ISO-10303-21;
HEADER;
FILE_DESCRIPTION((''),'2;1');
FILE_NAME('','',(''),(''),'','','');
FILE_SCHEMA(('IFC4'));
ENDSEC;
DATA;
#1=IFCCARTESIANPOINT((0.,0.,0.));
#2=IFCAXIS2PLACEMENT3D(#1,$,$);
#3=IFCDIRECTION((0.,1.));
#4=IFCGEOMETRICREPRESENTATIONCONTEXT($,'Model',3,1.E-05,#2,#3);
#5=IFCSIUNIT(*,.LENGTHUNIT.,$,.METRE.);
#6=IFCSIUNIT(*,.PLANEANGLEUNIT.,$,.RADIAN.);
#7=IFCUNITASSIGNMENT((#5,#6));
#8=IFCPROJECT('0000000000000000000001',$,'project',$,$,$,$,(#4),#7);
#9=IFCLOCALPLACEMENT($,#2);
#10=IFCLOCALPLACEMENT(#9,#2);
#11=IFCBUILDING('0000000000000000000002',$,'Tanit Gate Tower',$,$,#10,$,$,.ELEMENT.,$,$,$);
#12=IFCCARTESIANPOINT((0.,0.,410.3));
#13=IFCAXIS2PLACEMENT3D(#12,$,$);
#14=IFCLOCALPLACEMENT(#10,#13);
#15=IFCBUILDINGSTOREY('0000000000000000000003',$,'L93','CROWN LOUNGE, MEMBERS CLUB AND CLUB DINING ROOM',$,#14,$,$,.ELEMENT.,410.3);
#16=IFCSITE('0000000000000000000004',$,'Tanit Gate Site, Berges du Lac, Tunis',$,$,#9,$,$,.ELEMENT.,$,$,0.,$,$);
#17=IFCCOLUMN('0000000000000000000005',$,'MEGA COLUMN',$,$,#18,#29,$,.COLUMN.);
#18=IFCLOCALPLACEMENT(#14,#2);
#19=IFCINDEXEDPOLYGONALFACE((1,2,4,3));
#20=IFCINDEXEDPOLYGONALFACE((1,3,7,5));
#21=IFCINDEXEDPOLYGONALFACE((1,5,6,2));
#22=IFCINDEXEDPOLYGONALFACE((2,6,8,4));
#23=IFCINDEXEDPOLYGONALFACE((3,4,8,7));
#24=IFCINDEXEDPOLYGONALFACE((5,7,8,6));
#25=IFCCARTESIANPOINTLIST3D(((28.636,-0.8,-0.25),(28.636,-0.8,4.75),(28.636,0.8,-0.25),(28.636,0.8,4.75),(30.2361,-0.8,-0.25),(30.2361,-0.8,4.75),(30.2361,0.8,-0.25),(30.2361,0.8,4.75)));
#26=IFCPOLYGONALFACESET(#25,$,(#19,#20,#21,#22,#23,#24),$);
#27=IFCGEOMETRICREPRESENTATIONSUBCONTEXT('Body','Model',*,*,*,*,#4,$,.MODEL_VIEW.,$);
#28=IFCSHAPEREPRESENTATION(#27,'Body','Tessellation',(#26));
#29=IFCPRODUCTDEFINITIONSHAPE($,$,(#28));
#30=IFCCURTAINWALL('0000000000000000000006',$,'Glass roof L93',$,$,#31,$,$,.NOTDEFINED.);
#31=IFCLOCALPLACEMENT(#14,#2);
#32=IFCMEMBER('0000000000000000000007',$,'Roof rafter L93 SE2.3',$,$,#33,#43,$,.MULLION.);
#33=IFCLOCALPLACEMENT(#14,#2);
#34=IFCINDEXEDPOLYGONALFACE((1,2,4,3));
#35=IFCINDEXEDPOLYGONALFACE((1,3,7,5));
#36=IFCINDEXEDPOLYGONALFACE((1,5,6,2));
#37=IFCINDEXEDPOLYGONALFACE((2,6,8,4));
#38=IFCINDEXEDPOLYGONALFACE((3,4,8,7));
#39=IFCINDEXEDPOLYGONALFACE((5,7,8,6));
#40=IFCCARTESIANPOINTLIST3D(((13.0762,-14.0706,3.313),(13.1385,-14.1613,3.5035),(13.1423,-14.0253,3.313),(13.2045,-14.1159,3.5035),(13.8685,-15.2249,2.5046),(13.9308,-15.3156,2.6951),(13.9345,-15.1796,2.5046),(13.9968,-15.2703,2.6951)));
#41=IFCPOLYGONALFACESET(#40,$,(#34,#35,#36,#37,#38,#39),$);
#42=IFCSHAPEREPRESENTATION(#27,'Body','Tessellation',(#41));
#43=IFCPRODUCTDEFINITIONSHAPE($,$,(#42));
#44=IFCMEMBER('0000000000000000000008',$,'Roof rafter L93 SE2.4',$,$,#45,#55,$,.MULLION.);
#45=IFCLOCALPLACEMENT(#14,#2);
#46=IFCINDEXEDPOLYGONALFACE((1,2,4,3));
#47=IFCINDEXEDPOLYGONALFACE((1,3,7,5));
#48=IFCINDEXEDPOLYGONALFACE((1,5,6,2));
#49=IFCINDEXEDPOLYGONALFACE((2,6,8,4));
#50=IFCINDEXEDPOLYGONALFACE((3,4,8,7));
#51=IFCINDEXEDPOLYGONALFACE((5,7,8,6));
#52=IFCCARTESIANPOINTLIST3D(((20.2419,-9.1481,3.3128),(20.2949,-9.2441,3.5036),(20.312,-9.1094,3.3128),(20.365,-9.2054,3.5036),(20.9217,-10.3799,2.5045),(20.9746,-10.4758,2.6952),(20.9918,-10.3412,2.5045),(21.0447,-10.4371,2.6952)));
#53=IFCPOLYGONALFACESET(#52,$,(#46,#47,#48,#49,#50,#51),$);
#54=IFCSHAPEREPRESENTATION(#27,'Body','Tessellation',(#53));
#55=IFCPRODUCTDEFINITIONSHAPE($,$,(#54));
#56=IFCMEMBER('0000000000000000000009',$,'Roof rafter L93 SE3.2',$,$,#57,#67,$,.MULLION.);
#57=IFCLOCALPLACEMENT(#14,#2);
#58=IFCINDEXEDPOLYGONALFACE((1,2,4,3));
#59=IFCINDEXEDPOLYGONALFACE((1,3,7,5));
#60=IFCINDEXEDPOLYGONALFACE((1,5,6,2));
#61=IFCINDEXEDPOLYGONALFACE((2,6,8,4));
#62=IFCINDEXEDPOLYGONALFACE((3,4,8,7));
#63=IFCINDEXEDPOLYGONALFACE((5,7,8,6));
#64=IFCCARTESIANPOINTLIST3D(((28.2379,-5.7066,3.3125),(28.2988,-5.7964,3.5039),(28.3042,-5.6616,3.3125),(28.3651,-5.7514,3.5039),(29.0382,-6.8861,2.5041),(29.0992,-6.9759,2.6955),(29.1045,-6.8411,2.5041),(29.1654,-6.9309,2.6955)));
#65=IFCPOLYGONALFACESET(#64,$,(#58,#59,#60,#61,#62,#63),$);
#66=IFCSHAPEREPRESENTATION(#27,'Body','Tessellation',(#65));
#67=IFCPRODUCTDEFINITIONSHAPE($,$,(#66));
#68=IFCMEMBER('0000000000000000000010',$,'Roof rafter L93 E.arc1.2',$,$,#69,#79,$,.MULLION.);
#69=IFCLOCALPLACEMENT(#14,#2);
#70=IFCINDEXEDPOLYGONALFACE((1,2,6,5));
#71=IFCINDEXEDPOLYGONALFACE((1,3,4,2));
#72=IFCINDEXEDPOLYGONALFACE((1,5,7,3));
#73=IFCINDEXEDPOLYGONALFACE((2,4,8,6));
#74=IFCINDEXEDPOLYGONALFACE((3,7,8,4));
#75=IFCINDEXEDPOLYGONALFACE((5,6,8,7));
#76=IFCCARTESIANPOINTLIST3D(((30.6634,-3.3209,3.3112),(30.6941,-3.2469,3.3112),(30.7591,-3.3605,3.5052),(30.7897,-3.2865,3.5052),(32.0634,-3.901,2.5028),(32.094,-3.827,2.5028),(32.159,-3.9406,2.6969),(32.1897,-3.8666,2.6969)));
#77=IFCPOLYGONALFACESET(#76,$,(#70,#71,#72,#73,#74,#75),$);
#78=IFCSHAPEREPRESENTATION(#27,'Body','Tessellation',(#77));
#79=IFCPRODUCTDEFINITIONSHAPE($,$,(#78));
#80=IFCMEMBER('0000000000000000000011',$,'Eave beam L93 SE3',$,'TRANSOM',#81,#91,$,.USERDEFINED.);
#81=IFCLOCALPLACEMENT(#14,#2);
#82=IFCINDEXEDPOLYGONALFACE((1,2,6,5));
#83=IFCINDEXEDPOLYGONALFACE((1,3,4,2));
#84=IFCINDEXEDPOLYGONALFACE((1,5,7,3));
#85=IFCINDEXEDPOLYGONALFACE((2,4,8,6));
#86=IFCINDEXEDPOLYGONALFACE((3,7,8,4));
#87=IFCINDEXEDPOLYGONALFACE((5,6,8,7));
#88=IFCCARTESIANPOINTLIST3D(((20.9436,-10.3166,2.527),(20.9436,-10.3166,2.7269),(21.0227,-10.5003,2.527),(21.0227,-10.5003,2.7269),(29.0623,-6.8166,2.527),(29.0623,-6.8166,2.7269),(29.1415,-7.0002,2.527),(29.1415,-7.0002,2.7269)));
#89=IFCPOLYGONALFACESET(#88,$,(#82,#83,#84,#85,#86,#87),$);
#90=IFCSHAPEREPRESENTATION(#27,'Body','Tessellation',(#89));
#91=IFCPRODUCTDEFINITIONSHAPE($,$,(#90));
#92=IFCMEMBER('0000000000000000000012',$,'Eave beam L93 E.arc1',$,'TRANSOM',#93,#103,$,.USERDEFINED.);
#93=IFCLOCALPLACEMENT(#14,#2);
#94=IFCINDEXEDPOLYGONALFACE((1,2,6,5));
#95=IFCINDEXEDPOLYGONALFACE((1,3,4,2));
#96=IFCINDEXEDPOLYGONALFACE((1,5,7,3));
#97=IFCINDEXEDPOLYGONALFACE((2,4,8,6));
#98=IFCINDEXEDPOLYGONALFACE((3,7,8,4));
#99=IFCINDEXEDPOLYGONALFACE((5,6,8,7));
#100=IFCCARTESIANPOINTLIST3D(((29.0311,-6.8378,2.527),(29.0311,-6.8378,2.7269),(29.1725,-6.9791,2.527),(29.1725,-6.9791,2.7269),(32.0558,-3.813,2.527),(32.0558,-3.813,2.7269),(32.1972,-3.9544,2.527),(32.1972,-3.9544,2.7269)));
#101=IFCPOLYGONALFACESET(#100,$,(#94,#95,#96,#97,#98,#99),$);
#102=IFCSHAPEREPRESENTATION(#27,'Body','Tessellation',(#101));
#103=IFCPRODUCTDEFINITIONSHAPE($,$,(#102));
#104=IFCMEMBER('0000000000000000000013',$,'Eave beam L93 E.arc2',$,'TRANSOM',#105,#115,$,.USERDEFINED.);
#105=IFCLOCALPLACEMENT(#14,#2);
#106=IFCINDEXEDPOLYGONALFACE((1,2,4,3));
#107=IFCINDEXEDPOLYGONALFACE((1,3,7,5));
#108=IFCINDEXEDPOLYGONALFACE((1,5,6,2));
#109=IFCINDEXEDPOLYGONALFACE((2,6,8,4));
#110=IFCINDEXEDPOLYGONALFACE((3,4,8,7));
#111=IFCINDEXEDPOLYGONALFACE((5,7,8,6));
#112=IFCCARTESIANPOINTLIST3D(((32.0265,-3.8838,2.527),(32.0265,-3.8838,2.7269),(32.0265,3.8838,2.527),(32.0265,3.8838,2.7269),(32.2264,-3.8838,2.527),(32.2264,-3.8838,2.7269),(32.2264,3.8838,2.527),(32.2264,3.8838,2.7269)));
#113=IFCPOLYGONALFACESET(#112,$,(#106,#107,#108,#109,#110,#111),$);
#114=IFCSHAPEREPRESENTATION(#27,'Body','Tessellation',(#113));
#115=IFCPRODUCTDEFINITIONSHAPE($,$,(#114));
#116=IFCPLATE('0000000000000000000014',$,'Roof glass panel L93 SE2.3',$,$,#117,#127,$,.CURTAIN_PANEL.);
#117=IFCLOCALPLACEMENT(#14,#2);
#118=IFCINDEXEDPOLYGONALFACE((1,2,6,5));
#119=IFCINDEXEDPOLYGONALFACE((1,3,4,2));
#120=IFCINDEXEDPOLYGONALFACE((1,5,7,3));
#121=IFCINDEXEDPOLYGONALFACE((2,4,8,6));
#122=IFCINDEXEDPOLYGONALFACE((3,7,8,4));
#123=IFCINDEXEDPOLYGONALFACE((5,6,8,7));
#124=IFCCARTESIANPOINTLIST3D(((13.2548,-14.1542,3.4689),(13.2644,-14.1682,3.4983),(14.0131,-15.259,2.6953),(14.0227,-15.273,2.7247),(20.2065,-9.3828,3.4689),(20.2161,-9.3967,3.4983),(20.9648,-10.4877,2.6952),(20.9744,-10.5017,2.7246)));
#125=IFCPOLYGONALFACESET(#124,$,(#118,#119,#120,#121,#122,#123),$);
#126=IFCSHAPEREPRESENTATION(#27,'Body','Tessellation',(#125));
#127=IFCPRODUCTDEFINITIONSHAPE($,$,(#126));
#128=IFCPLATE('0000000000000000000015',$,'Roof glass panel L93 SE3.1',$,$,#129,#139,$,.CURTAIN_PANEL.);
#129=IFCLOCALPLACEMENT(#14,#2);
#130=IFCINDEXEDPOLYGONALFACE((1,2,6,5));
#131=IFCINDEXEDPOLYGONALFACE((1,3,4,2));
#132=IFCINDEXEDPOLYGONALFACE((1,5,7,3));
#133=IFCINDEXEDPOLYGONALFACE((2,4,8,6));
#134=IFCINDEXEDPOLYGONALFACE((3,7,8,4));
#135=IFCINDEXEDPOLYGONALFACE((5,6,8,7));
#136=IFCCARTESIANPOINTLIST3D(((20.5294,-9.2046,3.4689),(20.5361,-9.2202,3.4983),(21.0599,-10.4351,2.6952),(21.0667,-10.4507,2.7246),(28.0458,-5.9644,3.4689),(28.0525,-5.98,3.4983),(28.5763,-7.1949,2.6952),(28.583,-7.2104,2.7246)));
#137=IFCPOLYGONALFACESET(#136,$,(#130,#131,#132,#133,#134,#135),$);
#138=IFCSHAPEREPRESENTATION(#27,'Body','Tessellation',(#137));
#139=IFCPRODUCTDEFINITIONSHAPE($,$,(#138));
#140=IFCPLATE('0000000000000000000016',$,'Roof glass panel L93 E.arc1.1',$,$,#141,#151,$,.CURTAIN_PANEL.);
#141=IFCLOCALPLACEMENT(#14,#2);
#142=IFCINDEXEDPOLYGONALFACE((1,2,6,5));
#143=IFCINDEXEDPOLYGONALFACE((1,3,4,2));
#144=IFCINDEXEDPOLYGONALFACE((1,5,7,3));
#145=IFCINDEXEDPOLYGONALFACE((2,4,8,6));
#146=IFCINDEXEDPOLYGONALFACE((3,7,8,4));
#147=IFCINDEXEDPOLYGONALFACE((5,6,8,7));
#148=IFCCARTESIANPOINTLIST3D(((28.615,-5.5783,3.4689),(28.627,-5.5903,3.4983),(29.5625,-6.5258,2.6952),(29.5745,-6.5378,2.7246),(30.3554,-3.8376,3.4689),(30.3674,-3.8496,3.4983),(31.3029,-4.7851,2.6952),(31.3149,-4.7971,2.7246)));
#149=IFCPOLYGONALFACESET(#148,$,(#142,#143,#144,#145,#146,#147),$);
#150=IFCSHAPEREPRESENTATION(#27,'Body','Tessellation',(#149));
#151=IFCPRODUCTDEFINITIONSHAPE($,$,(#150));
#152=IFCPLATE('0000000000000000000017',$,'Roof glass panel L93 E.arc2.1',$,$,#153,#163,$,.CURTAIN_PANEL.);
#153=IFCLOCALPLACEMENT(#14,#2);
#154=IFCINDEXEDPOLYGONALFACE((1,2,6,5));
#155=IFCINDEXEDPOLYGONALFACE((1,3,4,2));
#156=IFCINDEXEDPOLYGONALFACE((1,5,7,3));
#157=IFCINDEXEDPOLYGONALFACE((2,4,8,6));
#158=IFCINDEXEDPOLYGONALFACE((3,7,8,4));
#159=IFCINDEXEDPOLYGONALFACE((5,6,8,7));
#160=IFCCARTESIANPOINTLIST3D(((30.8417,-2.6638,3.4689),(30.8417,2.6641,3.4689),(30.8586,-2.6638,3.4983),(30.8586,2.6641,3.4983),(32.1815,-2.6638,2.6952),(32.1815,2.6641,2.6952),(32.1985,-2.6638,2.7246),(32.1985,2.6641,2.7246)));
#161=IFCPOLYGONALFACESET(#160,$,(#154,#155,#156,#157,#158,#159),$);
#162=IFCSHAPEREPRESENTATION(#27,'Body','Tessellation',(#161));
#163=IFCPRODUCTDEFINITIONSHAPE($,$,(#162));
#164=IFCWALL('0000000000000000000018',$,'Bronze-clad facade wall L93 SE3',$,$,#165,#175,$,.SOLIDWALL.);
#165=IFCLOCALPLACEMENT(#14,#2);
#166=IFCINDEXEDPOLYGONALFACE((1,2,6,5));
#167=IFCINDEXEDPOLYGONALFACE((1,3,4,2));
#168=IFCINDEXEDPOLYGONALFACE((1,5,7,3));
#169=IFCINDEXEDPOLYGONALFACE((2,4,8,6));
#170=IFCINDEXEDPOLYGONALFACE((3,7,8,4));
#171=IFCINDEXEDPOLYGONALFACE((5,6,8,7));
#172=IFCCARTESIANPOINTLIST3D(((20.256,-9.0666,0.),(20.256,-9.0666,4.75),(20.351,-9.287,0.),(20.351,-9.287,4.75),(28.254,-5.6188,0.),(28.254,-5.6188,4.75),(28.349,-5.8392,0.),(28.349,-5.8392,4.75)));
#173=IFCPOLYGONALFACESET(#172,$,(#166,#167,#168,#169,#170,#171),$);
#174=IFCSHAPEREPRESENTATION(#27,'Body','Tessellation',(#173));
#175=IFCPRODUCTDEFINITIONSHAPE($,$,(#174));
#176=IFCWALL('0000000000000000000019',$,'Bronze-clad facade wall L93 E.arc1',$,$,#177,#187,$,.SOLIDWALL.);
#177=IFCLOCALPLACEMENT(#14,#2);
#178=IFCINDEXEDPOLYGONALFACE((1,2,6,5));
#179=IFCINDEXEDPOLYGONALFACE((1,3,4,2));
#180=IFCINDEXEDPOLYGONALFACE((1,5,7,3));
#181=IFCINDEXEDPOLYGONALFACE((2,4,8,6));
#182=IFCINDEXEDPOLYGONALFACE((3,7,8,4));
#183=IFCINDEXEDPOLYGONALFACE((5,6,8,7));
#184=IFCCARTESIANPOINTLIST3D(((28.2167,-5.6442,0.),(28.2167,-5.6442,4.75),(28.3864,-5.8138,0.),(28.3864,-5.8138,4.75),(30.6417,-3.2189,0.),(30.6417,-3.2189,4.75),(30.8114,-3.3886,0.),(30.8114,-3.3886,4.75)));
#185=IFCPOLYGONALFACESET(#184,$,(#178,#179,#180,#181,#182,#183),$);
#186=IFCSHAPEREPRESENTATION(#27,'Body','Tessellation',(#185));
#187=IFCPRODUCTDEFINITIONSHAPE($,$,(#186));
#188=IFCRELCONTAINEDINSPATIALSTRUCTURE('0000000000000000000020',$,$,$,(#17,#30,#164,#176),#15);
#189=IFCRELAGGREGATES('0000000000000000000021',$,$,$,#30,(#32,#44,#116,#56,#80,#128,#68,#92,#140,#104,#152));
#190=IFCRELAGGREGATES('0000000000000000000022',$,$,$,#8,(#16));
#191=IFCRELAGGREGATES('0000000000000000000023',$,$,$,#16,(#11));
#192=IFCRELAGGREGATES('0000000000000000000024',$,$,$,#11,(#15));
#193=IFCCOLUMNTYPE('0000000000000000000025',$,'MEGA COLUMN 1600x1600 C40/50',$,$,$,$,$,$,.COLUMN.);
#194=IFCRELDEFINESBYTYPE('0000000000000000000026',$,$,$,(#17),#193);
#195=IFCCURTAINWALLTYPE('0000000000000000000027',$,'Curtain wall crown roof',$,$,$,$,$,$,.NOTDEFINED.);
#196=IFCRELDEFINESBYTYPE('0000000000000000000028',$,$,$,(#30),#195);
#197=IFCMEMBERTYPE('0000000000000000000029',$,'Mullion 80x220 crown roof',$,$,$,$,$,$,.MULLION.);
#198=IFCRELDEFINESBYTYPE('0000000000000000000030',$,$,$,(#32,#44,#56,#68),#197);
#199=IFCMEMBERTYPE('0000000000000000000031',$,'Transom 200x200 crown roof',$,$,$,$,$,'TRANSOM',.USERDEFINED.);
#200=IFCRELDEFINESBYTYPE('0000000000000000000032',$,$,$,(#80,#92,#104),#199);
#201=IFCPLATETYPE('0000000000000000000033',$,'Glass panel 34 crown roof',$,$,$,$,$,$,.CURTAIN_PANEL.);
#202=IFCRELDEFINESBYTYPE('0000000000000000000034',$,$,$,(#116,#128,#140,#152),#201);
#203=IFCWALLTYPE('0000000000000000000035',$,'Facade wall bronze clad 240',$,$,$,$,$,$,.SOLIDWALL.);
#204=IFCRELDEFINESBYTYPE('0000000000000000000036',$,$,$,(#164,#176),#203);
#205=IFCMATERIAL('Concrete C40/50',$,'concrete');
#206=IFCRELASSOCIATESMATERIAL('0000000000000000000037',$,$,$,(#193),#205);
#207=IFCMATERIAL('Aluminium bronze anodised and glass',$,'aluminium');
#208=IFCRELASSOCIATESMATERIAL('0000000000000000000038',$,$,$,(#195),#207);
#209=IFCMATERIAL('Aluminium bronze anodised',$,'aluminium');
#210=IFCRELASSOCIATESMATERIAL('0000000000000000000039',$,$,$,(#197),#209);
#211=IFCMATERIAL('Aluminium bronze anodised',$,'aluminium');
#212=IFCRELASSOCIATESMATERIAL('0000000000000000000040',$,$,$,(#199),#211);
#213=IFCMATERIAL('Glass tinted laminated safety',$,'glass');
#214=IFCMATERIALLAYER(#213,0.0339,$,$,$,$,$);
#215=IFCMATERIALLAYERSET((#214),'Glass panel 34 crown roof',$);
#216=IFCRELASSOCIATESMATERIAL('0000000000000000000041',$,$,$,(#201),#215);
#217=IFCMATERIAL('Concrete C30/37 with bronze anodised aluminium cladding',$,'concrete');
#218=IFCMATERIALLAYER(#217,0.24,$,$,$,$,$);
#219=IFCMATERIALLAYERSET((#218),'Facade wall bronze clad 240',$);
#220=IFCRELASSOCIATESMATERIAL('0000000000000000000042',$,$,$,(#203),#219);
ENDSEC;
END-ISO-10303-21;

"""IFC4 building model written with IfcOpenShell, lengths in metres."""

from ifc_helpers import new_model, si_unit, direction, frame, frame_2d, origin, origin_2d, place, context, subcontext, project, spatial, polyline, rectangle, outline, extrude, material, layer, layer_set, material_profile, profile_set, type_object, element, aggregate, save


model = new_model("IFC4")

# Units and contexts
model_context = context("Model", 3, precision=1e-05, world=origin(), true_north=direction((0.0, 1.0)))
body_context = subcontext(model_context, "Body", "Model", "MODEL_VIEW")
ifc_project = project(units=[si_unit("LENGTHUNIT", "METRE"), si_unit("PLANEANGLEUNIT", "RADIAN")], contexts=[model_context])

# Site, building, storey
site_placement = place(None, origin())
site = spatial("IfcSite", under=ifc_project, at=site_placement, Name="Tanit Gate Site, Berges du Lac, Tunis", CompositionType="ELEMENT", RefElevation=0.0)
building_placement = place(site_placement, origin())
building = spatial("IfcBuilding", under=site, at=building_placement, Name="Tanit Gate Tower", CompositionType="ELEMENT")
storey_placement = place(building_placement, frame((0.0, 0.0, 410.3)))
storey = spatial("IfcBuildingStorey", under=building, at=storey_placement, Name="L93", Description="CROWN LOUNGE, MEMBERS CLUB AND CLUB DINING ROOM", CompositionType="ELEMENT", Elevation=410.3)

# Column
ifc_material_1 = material(Name="Concrete C40/50", Category="concrete")
ifc_material_profile_1 = material_profile(ifc_material_1, rectangle(XDim=1.6001, YDim=1.6001, at=origin_2d()), Name="RC 1600x1600")
ifc_profile_set_1 = profile_set([ifc_material_profile_1], Name="Concrete C40/50")
column_type = type_object("IfcColumnType", Name="MEGA COLUMN 1600x1600 C40/50", PredefinedType="COLUMN", material=ifc_profile_set_1)
column_placement = place(storey_placement, frame((29.436, 0.0, -0.25), z_axis=(0.0, 0.0, 1.0), x_axis=(1.0, 0.0, 0.0)))
element("IfcColumn", 1, at=column_placement, inside=storey, type_object=column_type, Name="MEGA COLUMN", PredefinedType="COLUMN", context=body_context, shape_type="SweptSolid", body=[
    extrude(rectangle(XDim=1.6001, YDim=1.6001, at=origin_2d()), origin(), (0.0, 0.0, 1.0), 5.0),
])

# Curtain wall, members, plates
ifc_material_2 = material(Name="Aluminium bronze anodised and glass", Category="aluminium")
curtain_wall_type = type_object("IfcCurtainWallType", Name="Curtain wall crown roof", PredefinedType="NOTDEFINED", material=ifc_material_2)
curtain_wall_placement = place(storey_placement, origin())
curtain_wall = element("IfcCurtainWall", 2, at=curtain_wall_placement, inside=storey, type_object=curtain_wall_type, Name="Glass roof L93", PredefinedType="NOTDEFINED")
ifc_material_3 = material(Name="Aluminium bronze anodised", Category="aluminium")
ifc_material_profile_2 = material_profile(ifc_material_3, rectangle(XDim=0.0801, YDim=0.22, at=origin_2d()), Name="80x220 bronze rafter")
ifc_profile_set_2 = profile_set([ifc_material_profile_2], Name="Aluminium bronze anodised")
member_type_1 = type_object("IfcMemberType", Name="Mullion 80x220 crown roof", PredefinedType="MULLION", material=ifc_profile_set_2)
member_1_placement = place(storey_placement, frame((13.1404, -14.0933, 3.4082), z_axis=(0.490056, -0.714018, -0.500024), x_axis=(0.824489, 0.565877, 0.0)))
member_1 = element("IfcMember", 3, at=member_1_placement, type_object=member_type_1, Name="Roof rafter L93 SE2.3", PredefinedType="MULLION", context=body_context, shape_type="SweptSolid", body=[
    extrude(rectangle(XDim=0.0801, YDim=0.22, at=origin_2d()), origin(), (0.0, 0.0, 1.0), 1.6167),
])
member_2_placement = place(storey_placement, frame((20.3035, -9.1768, 3.4082), z_axis=(0.418917, -0.759137, -0.498216), x_axis=(0.875537, 0.483151, 0.0)))
member_2 = element("IfcMember", 4, at=member_2_placement, type_object=member_type_1, Name="Roof rafter L93 SE2.4", PredefinedType="MULLION", context=body_context, shape_type="SweptSolid", body=[
    extrude(rectangle(XDim=0.0801, YDim=0.22, at=origin_2d()), origin(), (0.0, 0.0, 1.0), 1.6226),
])
member_3_placement = place(storey_placement, frame((28.3015, -5.729, 3.4082), z_axis=(0.488403, -0.719791, -0.49332), x_axis=(0.82749, 0.56148, 0.0)))
member_3 = element("IfcMember", 5, at=member_3_placement, type_object=member_type_1, Name="Roof rafter L93 SE3.2", PredefinedType="MULLION", context=body_context, shape_type="SweptSolid", body=[
    extrude(rectangle(XDim=0.0801, YDim=0.22, at=origin_2d()), origin(), (0.0, 0.0, 1.0), 1.6387),
])
member_4_placement = place(storey_placement, frame((30.7266, -3.3037, 3.4082), z_axis=(0.815104, -0.337755, -0.470668), x_axis=(0.382807, 0.923828, 0.0)))
member_4 = element("IfcMember", 6, at=member_4_placement, type_object=member_type_1, Name="Roof rafter L93 E.arc1.2", PredefinedType="MULLION", context=body_context, shape_type="SweptSolid", body=[
    extrude(rectangle(XDim=0.0801, YDim=0.22, at=origin_2d()), origin(), (0.0, 0.0, 1.0), 1.7175),
])
ifc_material_4 = material(Name="Aluminium bronze anodised", Category="aluminium")
ifc_material_profile_3 = material_profile(ifc_material_4, rectangle(XDim=0.2, YDim=0.2, at=origin_2d()), Name="200x200 bronze transom")
ifc_profile_set_3 = profile_set([ifc_material_profile_3], Name="Aluminium bronze anodised")
member_type_2 = type_object("IfcMemberType", Name="Transom 200x200 crown roof", ElementType="TRANSOM", PredefinedType="USERDEFINED", material=ifc_profile_set_3)
member_5_placement = place(storey_placement, frame((20.9832, -10.4084, 2.627), z_axis=(0.9183, 0.395885, 0.0), x_axis=(-0.395885, 0.9183, 0.0)))
member_5 = element("IfcMember", 7, at=member_5_placement, type_object=member_type_2, Name="Eave beam L93 SE3", ObjectType="TRANSOM", PredefinedType="USERDEFINED", context=body_context, shape_type="SweptSolid", body=[
    extrude(rectangle(XDim=0.2, YDim=0.2, at=origin_2d()), origin(), (0.0, 0.0, 1.0), 8.8411),
])
member_6_placement = place(storey_placement, frame((29.1018, -6.9084, 2.627), z_axis=(0.707107, 0.707107, 0.0), x_axis=(-0.707107, 0.707107, 0.0)))
member_6 = element("IfcMember", 8, at=member_6_placement, type_object=member_type_2, Name="Eave beam L93 E.arc1", ObjectType="TRANSOM", PredefinedType="USERDEFINED", context=body_context, shape_type="SweptSolid", body=[
    extrude(rectangle(XDim=0.2, YDim=0.2, at=origin_2d()), origin(), (0.0, 0.0, 1.0), 4.2776),
])
member_7_placement = place(storey_placement, frame((32.1265, -3.8838, 2.627), z_axis=(0.0, 1.0, 0.0), x_axis=(-1.0, 0.0, 0.0)))
member_7 = element("IfcMember", 9, at=member_7_placement, type_object=member_type_2, Name="Eave beam L93 E.arc2", ObjectType="TRANSOM", PredefinedType="USERDEFINED", context=body_context, shape_type="SweptSolid", body=[
    extrude(rectangle(XDim=0.2, YDim=0.2, at=origin_2d()), origin(), (0.0, 0.0, 1.0), 7.7676),
])
ifc_material_5 = material(Name="Glass tinted laminated safety", Category="glass")
ifc_layer_1 = layer(ifc_material_5, 0.0339)
ifc_layer_set_1 = layer_set([ifc_layer_1], Name="Glass panel 34 crown roof")
plate_type = type_object("IfcPlateType", Name="Glass panel 34 crown roof", PredefinedType="CURTAIN_PANEL", material=ifc_layer_set_1)
plate_1_placement = place(storey_placement, frame((13.2644, -14.1682, 3.4983), z_axis=(0.282947, -0.412241, 0.866024), x_axis=(0.824474, 0.565899, 0.000005)))
plate_1 = element("IfcPlate", 10, at=plate_1_placement, type_object=plate_type, Name="Roof glass panel L93 SE2.3", PredefinedType="CURTAIN_PANEL", context=body_context, shape_type="SweptSolid", body=[
    extrude(outline(polyline([(0.0, 0.0), (8.4316, 0.0), (8.4315, -1.5474), (0.0, -1.5473), (0.0, 0.0)])), origin(), (0.0, 0.0, -1.0), 0.0339),
])
plate_2_placement = place(storey_placement, frame((20.5361, -9.2202, 3.4983), z_axis=(0.197947, -0.459176, 0.86601), x_axis=(0.918305, 0.395873, 0.0)))
plate_2 = element("IfcPlate", 11, at=plate_2_placement, type_object=plate_type, Name="Roof glass panel L93 SE3.1", PredefinedType="CURTAIN_PANEL", context=body_context, shape_type="SweptSolid", body=[
    extrude(outline(polyline([(0.0, 0.0), (8.185, 0.0), (8.1851, -1.5473), (0.0001, -1.5473), (0.0, 0.0)])), origin(), (0.0, 0.0, -1.0), 0.0339),
])
plate_3_placement = place(storey_placement, frame((28.627, -5.5903, 3.4983), z_axis=(0.353593, -0.353543, 0.866013), x_axis=(0.707057, 0.707156, 0.0)))
plate_3 = element("IfcPlate", 12, at=plate_3_placement, type_object=plate_type, Name="Roof glass panel L93 E.arc1.1", PredefinedType="CURTAIN_PANEL", context=body_context, shape_type="SweptSolid", body=[
    extrude(outline(polyline([(0.0, 0.0), (2.4616, 0.0), (2.4615, -1.5473), (-0.0001, -1.5473), (0.0, 0.0)])), origin(), (0.0, 0.0, -1.0), 0.0339),
])
plate_4_placement = place(storey_placement, frame((30.8586, -2.6638, 3.4983), z_axis=(0.500059, 0.0, 0.865991), x_axis=(0.0, 1.0, 0.0)))
plate_4 = element("IfcPlate", 13, at=plate_4_placement, type_object=plate_type, Name="Roof glass panel L93 E.arc2.1", PredefinedType="CURTAIN_PANEL", context=body_context, shape_type="SweptSolid", body=[
    extrude(outline(polyline([(0.0, 0.0), (5.3279, 0.0), (5.3279, -1.5472), (0.0, -1.5472), (0.0, 0.0)])), origin(), (0.0, 0.0, -1.0), 0.0339),
])
aggregate(curtain_wall, [member_1, member_2, plate_1, member_3, member_5, plate_2, member_4, member_6, plate_3, member_7, plate_4])

# Walls
ifc_material_6 = material(Name="Concrete C30/37 with bronze anodised aluminium cladding", Category="concrete")
ifc_layer_2 = layer(ifc_material_6, 0.24)
ifc_layer_set_2 = layer_set([ifc_layer_2], Name="Facade wall bronze clad 240")
wall_type_1 = type_object("IfcWallType", Name="Facade wall bronze clad 240", PredefinedType="SOLIDWALL", material=ifc_layer_set_2)
wall_1_placement = place(storey_placement, frame((20.3035, -9.1768, 0.0), z_axis=(0.0, 0.0, 1.0), x_axis=(0.918311, 0.39586, 0.0)))
element("IfcWall", 14, at=wall_1_placement, inside=storey, type_object=wall_type_1, Name="Bronze-clad facade wall L93 SE3", PredefinedType="SOLIDWALL", context=body_context, shape_type="SweptSolid", body=[
    extrude(rectangle(XDim=8.7095, YDim=0.24, at=frame_2d((4.3547, 0.0))), origin(), (0.0, 0.0, 1.0), 4.75),
])
wall_2_placement = place(storey_placement, frame((28.3015, -5.729, 0.0), z_axis=(0.0, 0.0, 1.0), x_axis=(0.707071, 0.707142, 0.0)))
element("IfcWall", 15, at=wall_2_placement, inside=storey, type_object=wall_type_1, Name="Bronze-clad facade wall L93 E.arc1", PredefinedType="SOLIDWALL", context=body_context, shape_type="SweptSolid", body=[
    extrude(rectangle(XDim=3.4297, YDim=0.24, at=frame_2d((1.7148, 0.0))), origin(), (0.0, 0.0, 1.0), 4.75),
])

save(model, "model.ifc")
